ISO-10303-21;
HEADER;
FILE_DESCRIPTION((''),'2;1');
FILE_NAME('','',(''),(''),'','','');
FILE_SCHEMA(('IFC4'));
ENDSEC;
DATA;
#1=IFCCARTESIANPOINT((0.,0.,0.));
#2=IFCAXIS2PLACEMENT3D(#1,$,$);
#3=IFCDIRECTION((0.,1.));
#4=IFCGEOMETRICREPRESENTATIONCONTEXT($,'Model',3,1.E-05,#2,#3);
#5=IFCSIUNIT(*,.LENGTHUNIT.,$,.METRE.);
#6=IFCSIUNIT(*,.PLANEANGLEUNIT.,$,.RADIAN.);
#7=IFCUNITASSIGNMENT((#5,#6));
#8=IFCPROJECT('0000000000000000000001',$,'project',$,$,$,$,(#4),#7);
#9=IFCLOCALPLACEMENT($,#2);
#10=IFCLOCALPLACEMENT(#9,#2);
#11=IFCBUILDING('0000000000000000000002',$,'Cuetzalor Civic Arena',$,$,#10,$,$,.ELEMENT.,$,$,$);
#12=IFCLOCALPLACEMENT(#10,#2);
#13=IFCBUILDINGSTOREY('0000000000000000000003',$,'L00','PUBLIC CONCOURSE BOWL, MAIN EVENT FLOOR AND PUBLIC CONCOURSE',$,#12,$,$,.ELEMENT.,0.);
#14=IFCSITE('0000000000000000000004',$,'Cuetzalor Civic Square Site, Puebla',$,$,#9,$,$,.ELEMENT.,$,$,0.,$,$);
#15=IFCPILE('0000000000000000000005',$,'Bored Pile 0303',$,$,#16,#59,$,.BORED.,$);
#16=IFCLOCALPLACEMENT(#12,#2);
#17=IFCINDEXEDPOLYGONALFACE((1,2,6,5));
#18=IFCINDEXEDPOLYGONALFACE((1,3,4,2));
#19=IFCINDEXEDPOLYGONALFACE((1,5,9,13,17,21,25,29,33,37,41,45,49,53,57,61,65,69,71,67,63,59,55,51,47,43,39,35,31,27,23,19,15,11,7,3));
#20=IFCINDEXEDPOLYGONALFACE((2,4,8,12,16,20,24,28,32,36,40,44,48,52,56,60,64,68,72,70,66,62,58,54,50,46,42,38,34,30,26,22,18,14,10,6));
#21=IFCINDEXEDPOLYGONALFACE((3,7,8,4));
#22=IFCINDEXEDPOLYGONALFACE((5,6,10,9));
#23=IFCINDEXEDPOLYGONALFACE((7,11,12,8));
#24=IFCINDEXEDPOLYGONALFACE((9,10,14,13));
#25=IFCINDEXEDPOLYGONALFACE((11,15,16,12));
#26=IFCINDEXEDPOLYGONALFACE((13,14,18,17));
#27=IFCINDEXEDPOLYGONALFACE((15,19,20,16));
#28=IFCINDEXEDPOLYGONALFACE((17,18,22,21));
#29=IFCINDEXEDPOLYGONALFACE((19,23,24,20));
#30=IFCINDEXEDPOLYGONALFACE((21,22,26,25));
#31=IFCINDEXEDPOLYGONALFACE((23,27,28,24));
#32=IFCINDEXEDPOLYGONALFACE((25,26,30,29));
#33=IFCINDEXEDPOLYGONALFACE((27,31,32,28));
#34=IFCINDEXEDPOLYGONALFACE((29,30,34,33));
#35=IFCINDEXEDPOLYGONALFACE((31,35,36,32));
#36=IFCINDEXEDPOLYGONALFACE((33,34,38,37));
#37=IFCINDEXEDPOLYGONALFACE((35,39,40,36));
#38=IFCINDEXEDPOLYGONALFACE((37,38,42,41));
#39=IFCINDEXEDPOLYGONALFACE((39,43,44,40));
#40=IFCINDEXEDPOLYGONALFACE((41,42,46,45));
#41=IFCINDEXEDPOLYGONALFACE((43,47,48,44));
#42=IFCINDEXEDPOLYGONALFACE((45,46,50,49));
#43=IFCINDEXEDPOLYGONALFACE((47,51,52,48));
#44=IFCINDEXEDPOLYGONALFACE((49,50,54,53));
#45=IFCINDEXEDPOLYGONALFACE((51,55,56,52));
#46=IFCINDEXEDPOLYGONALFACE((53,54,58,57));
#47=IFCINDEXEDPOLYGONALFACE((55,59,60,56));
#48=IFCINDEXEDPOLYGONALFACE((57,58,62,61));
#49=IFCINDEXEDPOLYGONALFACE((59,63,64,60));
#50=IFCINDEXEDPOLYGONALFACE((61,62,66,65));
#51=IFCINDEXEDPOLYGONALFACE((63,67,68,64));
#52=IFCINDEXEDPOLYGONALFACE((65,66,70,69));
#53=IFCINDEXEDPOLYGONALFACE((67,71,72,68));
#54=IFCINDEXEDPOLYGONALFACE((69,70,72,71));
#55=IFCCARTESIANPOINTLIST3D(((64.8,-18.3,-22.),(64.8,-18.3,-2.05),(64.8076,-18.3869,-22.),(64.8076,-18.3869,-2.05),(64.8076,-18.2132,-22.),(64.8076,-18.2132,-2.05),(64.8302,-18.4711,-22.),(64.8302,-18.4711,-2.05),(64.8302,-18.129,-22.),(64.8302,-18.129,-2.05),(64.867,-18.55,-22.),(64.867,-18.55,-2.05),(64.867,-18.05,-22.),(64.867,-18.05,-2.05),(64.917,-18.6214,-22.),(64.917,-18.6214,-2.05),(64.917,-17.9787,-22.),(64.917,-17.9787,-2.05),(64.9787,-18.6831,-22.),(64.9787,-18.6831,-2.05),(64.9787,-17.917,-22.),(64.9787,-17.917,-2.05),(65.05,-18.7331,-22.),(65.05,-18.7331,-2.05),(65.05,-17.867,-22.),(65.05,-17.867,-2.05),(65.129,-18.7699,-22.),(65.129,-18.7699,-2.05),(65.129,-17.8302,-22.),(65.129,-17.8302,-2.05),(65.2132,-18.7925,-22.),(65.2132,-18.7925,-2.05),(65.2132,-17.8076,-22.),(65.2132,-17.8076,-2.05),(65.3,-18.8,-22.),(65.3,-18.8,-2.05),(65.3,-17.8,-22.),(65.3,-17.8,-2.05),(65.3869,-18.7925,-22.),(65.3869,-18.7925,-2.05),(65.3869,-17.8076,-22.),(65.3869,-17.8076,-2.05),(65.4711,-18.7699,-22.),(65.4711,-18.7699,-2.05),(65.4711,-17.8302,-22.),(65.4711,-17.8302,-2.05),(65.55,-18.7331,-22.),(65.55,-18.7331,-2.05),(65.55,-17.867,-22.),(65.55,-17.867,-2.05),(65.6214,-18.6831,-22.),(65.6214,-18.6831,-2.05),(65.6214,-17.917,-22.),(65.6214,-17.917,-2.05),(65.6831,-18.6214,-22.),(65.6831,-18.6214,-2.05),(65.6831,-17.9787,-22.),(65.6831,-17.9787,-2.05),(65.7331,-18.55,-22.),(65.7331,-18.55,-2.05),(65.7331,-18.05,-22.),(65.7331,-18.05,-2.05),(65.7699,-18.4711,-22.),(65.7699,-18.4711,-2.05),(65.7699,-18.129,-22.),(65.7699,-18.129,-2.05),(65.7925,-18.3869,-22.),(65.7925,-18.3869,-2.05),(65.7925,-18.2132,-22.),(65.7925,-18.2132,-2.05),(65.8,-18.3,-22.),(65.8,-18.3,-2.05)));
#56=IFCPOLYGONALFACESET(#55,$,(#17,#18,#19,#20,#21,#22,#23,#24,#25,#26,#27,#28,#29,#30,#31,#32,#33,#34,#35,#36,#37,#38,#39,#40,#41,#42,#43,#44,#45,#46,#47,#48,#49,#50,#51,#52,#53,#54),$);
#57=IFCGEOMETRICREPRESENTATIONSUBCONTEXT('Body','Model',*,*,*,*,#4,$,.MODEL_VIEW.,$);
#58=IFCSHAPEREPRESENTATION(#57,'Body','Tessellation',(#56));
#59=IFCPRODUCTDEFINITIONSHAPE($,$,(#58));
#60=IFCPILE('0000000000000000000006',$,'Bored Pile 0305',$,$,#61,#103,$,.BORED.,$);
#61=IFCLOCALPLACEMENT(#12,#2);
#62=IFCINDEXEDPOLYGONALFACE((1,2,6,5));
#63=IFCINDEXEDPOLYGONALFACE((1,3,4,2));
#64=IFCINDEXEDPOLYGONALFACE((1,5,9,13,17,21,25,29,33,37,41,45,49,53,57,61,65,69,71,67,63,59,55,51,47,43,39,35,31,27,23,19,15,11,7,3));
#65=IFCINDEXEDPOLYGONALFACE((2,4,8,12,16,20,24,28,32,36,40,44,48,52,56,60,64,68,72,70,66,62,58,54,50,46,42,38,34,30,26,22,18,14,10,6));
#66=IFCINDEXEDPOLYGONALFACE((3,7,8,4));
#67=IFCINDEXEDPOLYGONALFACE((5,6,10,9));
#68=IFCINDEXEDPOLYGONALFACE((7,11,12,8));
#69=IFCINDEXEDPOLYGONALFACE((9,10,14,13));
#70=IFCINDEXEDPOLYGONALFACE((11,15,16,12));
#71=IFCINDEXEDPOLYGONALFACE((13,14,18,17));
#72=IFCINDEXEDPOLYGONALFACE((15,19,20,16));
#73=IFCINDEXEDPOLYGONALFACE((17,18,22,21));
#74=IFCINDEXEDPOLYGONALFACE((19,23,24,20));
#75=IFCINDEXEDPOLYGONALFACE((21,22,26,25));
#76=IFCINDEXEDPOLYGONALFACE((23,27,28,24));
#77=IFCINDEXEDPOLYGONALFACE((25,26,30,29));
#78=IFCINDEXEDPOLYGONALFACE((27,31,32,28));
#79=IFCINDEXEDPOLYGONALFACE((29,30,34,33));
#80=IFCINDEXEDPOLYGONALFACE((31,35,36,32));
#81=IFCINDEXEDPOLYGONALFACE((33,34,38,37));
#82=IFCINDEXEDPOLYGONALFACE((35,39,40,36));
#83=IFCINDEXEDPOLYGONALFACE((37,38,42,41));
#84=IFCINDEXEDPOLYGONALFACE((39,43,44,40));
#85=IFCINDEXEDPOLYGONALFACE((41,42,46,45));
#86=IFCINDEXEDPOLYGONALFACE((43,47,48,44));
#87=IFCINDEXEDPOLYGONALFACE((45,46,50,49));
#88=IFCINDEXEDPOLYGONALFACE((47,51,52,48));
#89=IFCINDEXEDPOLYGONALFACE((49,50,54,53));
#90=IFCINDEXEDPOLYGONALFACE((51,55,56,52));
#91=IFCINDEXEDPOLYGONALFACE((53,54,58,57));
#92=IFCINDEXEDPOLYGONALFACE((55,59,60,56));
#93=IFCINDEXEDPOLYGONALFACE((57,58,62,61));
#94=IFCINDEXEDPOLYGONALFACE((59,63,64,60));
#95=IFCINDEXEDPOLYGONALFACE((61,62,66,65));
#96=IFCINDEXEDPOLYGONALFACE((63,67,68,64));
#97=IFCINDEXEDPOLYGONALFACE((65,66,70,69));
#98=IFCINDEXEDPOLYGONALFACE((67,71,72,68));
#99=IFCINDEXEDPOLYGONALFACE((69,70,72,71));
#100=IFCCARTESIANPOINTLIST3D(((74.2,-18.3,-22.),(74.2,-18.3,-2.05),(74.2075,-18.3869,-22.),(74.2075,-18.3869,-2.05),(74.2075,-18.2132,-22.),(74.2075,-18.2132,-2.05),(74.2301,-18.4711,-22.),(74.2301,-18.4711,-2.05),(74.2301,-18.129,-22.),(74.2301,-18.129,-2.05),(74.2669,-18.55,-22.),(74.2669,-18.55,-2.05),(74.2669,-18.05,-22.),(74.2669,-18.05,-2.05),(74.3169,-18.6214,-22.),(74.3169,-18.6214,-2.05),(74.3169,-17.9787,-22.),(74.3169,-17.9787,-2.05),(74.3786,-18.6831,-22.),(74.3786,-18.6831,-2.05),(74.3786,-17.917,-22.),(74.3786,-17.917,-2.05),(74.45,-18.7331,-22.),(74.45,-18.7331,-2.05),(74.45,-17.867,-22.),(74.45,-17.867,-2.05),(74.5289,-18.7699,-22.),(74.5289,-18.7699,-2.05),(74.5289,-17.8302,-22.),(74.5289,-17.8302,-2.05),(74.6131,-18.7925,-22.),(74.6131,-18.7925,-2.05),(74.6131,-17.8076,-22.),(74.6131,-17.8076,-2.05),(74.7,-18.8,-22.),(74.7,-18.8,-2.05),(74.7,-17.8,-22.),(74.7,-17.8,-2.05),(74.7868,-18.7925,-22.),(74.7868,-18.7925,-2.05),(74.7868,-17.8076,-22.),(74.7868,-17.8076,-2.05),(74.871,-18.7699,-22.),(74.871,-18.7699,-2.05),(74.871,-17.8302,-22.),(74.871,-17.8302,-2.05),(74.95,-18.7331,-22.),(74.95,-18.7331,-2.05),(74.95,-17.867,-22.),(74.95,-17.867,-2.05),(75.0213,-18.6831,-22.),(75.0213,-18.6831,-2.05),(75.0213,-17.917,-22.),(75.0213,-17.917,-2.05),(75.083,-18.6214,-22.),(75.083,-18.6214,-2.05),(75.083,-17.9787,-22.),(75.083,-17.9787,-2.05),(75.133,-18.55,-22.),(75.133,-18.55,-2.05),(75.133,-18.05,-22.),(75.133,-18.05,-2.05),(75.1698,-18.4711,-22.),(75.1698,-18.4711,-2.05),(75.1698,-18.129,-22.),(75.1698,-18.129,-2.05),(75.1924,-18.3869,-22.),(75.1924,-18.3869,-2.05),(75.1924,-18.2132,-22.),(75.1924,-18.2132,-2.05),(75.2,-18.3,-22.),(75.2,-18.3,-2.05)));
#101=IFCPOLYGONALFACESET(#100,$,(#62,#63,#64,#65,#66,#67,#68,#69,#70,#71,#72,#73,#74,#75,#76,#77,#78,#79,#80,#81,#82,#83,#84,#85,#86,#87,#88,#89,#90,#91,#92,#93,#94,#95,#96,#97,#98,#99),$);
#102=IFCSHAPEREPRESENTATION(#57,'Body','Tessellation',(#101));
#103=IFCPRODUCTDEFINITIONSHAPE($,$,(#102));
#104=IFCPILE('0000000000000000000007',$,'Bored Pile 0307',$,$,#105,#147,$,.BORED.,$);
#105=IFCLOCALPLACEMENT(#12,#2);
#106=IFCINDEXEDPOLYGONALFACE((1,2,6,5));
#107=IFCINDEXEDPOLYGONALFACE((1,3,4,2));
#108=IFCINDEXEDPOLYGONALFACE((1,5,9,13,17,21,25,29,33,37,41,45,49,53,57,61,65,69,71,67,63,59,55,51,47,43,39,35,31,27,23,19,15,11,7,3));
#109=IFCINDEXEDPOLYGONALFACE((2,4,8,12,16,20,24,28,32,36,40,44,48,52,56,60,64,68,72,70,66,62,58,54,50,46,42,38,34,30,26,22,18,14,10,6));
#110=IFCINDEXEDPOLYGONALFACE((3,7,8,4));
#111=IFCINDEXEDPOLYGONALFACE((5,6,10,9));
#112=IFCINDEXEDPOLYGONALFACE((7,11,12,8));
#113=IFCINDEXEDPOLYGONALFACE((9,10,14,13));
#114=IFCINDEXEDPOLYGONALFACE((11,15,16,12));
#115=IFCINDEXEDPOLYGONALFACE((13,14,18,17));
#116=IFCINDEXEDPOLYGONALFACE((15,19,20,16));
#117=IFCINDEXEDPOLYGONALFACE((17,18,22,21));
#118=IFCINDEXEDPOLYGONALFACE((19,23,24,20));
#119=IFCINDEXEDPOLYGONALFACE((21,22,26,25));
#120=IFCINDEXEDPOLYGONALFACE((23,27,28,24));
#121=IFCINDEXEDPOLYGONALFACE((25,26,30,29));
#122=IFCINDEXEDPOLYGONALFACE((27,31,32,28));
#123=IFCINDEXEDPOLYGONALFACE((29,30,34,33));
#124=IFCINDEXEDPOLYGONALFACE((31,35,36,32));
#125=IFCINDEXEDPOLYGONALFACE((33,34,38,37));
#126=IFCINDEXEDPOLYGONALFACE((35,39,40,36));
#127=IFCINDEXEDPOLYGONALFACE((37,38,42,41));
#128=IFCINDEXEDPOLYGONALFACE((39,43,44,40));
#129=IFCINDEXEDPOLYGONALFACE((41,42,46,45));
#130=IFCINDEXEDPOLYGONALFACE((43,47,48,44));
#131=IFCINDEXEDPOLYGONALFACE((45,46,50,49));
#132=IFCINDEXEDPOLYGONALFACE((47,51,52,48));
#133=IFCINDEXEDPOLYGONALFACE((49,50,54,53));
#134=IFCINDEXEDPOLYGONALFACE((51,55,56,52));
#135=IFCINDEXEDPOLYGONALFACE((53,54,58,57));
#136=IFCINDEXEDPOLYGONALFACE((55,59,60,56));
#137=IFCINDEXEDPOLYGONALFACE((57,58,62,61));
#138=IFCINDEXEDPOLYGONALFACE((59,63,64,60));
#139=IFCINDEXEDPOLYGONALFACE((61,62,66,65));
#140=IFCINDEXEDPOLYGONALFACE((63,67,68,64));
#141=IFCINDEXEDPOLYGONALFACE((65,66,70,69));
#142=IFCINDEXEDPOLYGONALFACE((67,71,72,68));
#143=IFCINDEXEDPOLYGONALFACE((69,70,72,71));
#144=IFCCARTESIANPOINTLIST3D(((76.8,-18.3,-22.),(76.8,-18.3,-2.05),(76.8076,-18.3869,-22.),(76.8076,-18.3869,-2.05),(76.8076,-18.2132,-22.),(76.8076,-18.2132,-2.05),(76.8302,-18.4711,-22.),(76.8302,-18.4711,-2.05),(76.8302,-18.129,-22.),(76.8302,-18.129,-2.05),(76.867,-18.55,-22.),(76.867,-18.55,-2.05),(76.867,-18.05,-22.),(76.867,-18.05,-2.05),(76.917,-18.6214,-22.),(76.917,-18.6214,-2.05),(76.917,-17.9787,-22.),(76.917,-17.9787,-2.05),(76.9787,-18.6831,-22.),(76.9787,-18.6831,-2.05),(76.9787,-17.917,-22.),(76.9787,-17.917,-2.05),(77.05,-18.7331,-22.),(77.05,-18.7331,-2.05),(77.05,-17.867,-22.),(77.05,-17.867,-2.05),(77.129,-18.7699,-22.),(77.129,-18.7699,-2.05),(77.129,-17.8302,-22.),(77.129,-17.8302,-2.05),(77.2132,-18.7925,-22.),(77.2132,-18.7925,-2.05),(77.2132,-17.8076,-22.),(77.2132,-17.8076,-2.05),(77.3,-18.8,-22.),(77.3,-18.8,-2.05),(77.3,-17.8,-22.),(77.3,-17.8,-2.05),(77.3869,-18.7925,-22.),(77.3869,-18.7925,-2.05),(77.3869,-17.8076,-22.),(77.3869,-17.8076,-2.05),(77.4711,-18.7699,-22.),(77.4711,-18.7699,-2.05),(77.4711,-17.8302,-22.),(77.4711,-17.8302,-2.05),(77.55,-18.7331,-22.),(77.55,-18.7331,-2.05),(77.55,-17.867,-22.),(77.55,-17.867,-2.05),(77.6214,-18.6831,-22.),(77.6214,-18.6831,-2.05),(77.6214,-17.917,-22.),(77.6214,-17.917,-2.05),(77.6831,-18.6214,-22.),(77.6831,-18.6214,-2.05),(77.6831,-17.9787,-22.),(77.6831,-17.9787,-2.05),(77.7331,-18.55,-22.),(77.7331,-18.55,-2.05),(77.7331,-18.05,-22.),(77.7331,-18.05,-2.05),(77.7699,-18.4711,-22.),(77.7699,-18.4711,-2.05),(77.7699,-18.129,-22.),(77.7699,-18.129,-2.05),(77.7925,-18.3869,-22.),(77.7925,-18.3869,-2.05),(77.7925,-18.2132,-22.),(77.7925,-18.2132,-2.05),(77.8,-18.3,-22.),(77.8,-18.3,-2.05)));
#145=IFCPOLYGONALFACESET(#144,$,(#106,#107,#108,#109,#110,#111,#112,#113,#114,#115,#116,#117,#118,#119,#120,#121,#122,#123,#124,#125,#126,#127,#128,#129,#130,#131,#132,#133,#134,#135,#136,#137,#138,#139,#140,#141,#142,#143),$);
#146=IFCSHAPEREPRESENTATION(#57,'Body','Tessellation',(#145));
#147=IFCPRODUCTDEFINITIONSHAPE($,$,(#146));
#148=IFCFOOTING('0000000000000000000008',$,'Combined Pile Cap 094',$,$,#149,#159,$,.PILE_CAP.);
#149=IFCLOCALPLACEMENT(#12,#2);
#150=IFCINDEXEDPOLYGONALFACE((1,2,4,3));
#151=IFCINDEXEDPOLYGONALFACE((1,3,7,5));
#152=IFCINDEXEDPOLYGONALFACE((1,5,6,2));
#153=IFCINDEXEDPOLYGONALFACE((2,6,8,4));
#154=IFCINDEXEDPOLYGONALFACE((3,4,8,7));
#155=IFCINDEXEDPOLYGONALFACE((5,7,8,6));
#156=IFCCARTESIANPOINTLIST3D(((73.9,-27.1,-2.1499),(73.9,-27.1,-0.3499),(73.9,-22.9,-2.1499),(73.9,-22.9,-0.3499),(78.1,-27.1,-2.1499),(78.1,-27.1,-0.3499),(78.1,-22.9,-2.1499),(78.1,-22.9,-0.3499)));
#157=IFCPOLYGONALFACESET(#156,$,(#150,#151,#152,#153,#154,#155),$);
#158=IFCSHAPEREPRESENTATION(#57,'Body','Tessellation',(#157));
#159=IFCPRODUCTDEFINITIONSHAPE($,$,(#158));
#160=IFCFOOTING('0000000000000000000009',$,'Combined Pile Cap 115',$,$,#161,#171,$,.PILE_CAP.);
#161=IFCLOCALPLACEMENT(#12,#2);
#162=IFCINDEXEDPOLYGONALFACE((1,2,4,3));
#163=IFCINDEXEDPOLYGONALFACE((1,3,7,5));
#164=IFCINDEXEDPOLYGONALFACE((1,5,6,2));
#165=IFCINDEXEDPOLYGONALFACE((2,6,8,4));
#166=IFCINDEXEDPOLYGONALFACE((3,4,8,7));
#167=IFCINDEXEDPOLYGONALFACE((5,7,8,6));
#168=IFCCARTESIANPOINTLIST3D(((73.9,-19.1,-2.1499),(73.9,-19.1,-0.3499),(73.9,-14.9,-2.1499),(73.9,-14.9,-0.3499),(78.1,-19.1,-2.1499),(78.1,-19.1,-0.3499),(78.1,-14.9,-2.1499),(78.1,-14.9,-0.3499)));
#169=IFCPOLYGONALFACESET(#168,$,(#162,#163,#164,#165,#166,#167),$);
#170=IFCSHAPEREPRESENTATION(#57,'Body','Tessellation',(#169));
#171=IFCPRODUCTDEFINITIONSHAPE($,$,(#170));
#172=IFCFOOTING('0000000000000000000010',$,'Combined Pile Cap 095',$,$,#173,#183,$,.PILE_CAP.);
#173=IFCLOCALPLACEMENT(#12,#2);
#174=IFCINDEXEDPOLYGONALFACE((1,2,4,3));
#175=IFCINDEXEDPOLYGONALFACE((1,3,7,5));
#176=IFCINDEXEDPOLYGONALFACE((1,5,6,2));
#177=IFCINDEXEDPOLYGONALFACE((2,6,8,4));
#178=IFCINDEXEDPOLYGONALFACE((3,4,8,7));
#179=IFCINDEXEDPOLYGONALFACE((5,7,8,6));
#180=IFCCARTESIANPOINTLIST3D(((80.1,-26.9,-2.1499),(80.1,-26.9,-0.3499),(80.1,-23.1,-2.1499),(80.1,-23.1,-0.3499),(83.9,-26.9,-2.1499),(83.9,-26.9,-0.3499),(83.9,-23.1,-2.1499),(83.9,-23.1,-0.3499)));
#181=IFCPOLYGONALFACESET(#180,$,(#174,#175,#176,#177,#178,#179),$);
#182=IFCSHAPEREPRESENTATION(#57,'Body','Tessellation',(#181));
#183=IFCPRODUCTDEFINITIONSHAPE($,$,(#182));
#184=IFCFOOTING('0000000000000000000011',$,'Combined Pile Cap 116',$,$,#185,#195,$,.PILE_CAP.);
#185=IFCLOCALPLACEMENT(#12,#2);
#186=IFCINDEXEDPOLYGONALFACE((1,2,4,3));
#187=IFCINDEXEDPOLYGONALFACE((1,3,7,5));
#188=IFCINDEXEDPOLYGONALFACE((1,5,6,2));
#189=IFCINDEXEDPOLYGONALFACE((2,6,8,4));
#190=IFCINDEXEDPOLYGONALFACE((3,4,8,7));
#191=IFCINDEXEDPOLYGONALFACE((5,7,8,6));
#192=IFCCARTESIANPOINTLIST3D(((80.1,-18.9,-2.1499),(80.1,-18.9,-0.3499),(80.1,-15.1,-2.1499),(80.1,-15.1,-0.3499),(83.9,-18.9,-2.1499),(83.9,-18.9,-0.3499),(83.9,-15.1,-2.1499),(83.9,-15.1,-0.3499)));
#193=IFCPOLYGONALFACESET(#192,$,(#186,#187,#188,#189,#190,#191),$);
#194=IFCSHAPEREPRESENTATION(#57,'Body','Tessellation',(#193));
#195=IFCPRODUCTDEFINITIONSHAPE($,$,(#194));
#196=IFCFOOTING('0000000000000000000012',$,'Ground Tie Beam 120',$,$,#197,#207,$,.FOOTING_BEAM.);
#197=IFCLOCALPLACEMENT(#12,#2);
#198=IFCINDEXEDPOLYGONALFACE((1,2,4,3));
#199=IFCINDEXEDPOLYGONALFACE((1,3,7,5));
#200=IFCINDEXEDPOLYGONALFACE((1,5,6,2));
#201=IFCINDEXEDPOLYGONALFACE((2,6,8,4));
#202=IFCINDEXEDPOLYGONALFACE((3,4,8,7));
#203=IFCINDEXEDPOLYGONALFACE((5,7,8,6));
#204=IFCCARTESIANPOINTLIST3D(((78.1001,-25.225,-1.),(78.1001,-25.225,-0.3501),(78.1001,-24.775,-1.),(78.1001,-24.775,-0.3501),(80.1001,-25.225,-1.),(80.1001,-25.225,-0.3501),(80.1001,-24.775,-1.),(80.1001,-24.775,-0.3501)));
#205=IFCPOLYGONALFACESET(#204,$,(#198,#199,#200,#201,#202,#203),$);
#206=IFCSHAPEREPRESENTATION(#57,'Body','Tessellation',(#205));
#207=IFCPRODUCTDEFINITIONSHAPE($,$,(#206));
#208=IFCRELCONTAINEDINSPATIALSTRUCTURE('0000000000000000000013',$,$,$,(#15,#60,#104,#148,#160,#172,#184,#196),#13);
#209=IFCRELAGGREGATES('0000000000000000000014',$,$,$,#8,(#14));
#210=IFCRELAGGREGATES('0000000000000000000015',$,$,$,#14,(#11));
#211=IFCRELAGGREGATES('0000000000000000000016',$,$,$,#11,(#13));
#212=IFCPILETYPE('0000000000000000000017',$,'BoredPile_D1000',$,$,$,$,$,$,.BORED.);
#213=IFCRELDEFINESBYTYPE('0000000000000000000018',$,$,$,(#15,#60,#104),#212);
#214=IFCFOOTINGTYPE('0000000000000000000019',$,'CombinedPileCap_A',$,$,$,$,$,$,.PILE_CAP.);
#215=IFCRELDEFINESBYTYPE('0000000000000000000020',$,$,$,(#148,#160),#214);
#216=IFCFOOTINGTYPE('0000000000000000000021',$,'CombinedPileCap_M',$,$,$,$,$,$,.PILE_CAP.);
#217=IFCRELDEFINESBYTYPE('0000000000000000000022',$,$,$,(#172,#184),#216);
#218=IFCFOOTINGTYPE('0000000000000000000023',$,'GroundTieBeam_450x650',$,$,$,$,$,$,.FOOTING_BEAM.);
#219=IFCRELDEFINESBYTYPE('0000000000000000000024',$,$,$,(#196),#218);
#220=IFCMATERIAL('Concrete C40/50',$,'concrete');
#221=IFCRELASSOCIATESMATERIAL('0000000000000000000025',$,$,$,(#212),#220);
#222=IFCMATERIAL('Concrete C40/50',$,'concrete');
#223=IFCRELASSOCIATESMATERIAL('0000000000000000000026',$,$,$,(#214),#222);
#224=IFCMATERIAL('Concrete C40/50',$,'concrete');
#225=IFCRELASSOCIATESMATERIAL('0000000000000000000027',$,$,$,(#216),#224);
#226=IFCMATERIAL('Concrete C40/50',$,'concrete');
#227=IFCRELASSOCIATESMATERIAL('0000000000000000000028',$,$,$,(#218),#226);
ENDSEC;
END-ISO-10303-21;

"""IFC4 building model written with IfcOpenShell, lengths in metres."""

from ifc_helpers import new_model, si_unit, direction, frame, origin, origin_2d, place, context, subcontext, project, spatial, rectangle, circle, extrude, material, material_profile, profile_set, type_object, element, save


model = new_model("IFC4")

# Units and contexts
model_context = context("Model", 3, precision=1e-05, world=origin(), true_north=direction((0.0, 1.0)))
body_context = subcontext(model_context, "Body", "Model", "MODEL_VIEW")
ifc_project = project(units=[si_unit("LENGTHUNIT", "METRE"), si_unit("PLANEANGLEUNIT", "RADIAN")], contexts=[model_context])

# Site, building, storey
site_placement = place(None, origin())
site = spatial("IfcSite", under=ifc_project, at=site_placement, Name="Cuetzalor Civic Square Site, Puebla", CompositionType="ELEMENT", RefElevation=0.0)
building_placement = place(site_placement, origin())
building = spatial("IfcBuilding", under=site, at=building_placement, Name="Cuetzalor Civic Arena", CompositionType="ELEMENT")
storey_placement = place(building_placement, origin())
storey = spatial("IfcBuildingStorey", under=building, at=storey_placement, Name="L00", Description="PUBLIC CONCOURSE BOWL, MAIN EVENT FLOOR AND PUBLIC CONCOURSE", CompositionType="ELEMENT", Elevation=0.0)

# Piles
ifc_material_1 = material(Name="Concrete C40/50", Category="concrete")
ifc_material_profile_1 = material_profile(ifc_material_1, circle(Radius=0.5, at=origin_2d()), Name="BORED PILE D1000")
ifc_profile_set_1 = profile_set([ifc_material_profile_1], Name="Concrete C40/50")
pile_type = type_object("IfcPileType", Name="BoredPile_D1000", PredefinedType="BORED", material=ifc_profile_set_1)
for number, where, z_axis, x_axis, name in (
    (1, (65.3, -18.3, -2.05), (0.0, 0.0, -1.0), (1.0, 0.0, 0.0), "Bored Pile 0303"),
    (2, (74.7, -18.3, -2.05), (0.0, 0.0, -1.0), (1.0, 0.0, 0.0), "Bored Pile 0305"),
    (3, (77.3, -18.3, -2.05), (0.0, 0.0, -1.0), (1.0, 0.0, 0.0), "Bored Pile 0307"),
):
    element("IfcPile", number, at=place(storey_placement, frame(where, z_axis=z_axis, x_axis=x_axis)), inside=storey, type_object=pile_type, Name=name, PredefinedType="BORED", context=body_context, shape_type="SweptSolid", body=[
        extrude(circle(Radius=0.5, at=origin_2d()), origin(), (0.0, 0.0, 1.0), 19.95),
    ])

# Footings
ifc_material_2 = material(Name="Concrete C40/50", Category="concrete")
footing_type_1 = type_object("IfcFootingType", Name="CombinedPileCap_A", PredefinedType="PILE_CAP", material=ifc_material_2)
for number, where, z_axis, x_axis, name in (
    (4, (76.0, -25.0, -2.1499), (0.0, 0.0, 1.0), (1.0, 0.0, 0.0), "Combined Pile Cap 094"),
    (5, (76.0, -17.0, -2.1499), (0.0, 0.0, 1.0), (1.0, 0.0, 0.0), "Combined Pile Cap 115"),
):
    element("IfcFooting", number, at=place(storey_placement, frame(where, z_axis=z_axis, x_axis=x_axis)), inside=storey, type_object=footing_type_1, Name=name, PredefinedType="PILE_CAP", context=body_context, shape_type="SweptSolid", body=[
        extrude(rectangle(XDim=4.2, YDim=4.2, at=origin_2d()), origin(), (0.0, 0.0, 1.0), 1.8),
    ])
ifc_material_3 = material(Name="Concrete C40/50", Category="concrete")
footing_type_2 = type_object("IfcFootingType", Name="CombinedPileCap_M", PredefinedType="PILE_CAP", material=ifc_material_3)
for number, where, z_axis, x_axis, name in (
    (6, (82.0, -25.0, -2.1499), (0.0, 0.0, 1.0), (1.0, 0.0, 0.0), "Combined Pile Cap 095"),
    (7, (82.0, -17.0, -2.1499), (0.0, 0.0, 1.0), (1.0, 0.0, 0.0), "Combined Pile Cap 116"),
):
    element("IfcFooting", number, at=place(storey_placement, frame(where, z_axis=z_axis, x_axis=x_axis)), inside=storey, type_object=footing_type_2, Name=name, PredefinedType="PILE_CAP", context=body_context, shape_type="SweptSolid", body=[
        extrude(rectangle(XDim=3.8, YDim=3.8, at=origin_2d()), origin(), (0.0, 0.0, 1.0), 1.8),
    ])
ifc_material_4 = material(Name="Concrete C40/50", Category="concrete")
ifc_material_profile_2 = material_profile(ifc_material_4, rectangle(XDim=0.45, YDim=0.6499, at=origin_2d()), Name="RC 450x650")
ifc_profile_set_2 = profile_set([ifc_material_profile_2], Name="Concrete C40/50")
footing_type_3 = type_object("IfcFootingType", Name="GroundTieBeam_450x650", PredefinedType="FOOTING_BEAM", material=ifc_profile_set_2)
footing_1_placement = place(storey_placement, frame((78.1001, -25.0, -0.675), z_axis=(1.0, 0.0, 0.0), x_axis=(0.0, 1.0, 0.0)))
element("IfcFooting", 8, at=footing_1_placement, inside=storey, type_object=footing_type_3, Name="Ground Tie Beam 120", PredefinedType="FOOTING_BEAM", context=body_context, shape_type="SweptSolid", body=[
    extrude(rectangle(XDim=0.45, YDim=0.6499, at=origin_2d()), origin(), (0.0, 0.0, 1.0), 2.0),
])

save(model, "model.ifc")
